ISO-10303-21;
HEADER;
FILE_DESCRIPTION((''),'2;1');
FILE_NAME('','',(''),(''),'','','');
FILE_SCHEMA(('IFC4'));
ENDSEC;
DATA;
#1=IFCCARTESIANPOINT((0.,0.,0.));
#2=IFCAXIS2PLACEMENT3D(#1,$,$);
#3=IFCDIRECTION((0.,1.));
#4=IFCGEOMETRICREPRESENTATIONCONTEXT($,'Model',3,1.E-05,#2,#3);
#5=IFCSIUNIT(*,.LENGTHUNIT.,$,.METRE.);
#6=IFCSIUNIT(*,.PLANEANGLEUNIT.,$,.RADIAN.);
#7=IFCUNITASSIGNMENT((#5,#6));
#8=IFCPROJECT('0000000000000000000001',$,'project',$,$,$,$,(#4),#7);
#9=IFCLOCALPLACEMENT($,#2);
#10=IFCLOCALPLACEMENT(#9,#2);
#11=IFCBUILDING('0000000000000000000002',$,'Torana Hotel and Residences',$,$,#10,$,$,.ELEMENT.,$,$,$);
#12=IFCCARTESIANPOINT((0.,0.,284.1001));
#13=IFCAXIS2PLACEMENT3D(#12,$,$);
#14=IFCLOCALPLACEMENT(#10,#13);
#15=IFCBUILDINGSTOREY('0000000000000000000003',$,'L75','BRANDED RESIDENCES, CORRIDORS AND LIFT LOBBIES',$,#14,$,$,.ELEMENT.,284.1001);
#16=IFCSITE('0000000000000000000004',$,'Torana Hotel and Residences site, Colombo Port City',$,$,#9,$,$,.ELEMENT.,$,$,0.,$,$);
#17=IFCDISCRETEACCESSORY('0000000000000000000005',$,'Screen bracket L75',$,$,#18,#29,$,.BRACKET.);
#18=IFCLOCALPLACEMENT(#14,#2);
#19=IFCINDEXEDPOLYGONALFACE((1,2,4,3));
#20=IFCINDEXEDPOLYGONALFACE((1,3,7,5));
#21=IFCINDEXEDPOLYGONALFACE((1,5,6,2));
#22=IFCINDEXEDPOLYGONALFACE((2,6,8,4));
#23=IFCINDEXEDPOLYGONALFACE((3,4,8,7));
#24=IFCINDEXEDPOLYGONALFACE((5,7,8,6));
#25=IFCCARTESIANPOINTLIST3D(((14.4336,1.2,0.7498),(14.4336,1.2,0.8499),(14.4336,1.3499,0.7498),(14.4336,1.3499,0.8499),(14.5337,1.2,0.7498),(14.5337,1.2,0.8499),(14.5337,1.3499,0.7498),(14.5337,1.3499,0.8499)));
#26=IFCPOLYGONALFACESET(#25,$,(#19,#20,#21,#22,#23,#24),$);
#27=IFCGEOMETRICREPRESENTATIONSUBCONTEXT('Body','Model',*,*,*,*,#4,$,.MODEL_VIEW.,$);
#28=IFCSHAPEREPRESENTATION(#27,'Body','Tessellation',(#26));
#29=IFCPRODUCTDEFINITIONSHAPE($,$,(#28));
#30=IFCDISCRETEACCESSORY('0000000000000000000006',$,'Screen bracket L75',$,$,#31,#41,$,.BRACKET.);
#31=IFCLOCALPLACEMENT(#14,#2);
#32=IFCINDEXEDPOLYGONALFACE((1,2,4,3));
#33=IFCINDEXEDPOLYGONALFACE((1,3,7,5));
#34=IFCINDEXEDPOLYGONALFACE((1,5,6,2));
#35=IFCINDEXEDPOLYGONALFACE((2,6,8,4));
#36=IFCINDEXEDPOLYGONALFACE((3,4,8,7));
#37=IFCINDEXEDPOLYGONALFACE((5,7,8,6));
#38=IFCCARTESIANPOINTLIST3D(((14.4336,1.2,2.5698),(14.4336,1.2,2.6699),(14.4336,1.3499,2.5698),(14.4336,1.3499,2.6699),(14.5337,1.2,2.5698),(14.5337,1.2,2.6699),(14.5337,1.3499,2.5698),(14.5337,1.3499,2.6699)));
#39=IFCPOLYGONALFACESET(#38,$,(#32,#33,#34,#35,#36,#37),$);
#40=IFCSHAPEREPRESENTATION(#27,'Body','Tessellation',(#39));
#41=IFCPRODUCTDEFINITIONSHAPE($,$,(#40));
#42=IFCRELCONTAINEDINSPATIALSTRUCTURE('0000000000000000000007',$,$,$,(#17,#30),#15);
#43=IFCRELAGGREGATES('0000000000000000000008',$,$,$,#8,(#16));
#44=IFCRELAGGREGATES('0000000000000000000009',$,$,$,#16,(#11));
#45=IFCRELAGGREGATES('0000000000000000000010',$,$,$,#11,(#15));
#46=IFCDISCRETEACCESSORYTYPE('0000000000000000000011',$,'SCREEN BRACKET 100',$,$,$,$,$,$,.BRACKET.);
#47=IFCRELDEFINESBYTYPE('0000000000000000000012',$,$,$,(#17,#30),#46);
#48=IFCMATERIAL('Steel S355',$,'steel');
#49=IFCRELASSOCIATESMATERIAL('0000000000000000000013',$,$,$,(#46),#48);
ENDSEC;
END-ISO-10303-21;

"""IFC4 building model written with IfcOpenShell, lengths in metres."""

from ifc_helpers import new_model, si_unit, direction, frame, origin, origin_2d, place, context, subcontext, project, spatial, rectangle, extrude, material, type_object, element, save


model = new_model("IFC4")

# Units and contexts
model_context = context("Model", 3, precision=1e-05, world=origin(), true_north=direction((0.0, 1.0)))
body_context = subcontext(model_context, "Body", "Model", "MODEL_VIEW")
ifc_project = project(units=[si_unit("LENGTHUNIT", "METRE"), si_unit("PLANEANGLEUNIT", "RADIAN")], contexts=[model_context])

# Site, building, storey
site_placement = place(None, origin())
site = spatial("IfcSite", under=ifc_project, at=site_placement, Name="Torana Hotel and Residences site, Colombo Port City", CompositionType="ELEMENT", RefElevation=0.0)
building_placement = place(site_placement, origin())
building = spatial("IfcBuilding", under=site, at=building_placement, Name="Torana Hotel and Residences", CompositionType="ELEMENT")
storey_placement = place(building_placement, frame((0.0, 0.0, 284.1001)))
storey = spatial("IfcBuildingStorey", under=building, at=storey_placement, Name="L75", Description="BRANDED RESIDENCES, CORRIDORS AND LIFT LOBBIES", CompositionType="ELEMENT", Elevation=284.1001)

# Discrete accessories
ifc_material_1 = material(Name="Steel S355", Category="steel")
discrete_accessory_type = type_object("IfcDiscreteAccessoryType", Name="SCREEN BRACKET 100", PredefinedType="BRACKET", material=ifc_material_1)
for number, where, z_axis, x_axis, name in (
    (1, (14.4836, 1.2749, 0.7498), (0.0, 0.0, 1.0), (-1.0, 0.0, 0.0), "Screen bracket L75"),
    (2, (14.4836, 1.2749, 2.5698), (0.0, 0.0, 1.0), (-1.0, 0.0, 0.0), "Screen bracket L75"),
):
    element("IfcDiscreteAccessory", number, at=place(storey_placement, frame(where, z_axis=z_axis, x_axis=x_axis)), inside=storey, type_object=discrete_accessory_type, Name=name, PredefinedType="BRACKET", context=body_context, shape_type="SweptSolid", body=[
        extrude(rectangle(XDim=0.1001, YDim=0.1499, at=origin_2d()), origin(), (0.0, 0.0, 1.0), 0.1001),
    ])

save(model, "model.ifc")
